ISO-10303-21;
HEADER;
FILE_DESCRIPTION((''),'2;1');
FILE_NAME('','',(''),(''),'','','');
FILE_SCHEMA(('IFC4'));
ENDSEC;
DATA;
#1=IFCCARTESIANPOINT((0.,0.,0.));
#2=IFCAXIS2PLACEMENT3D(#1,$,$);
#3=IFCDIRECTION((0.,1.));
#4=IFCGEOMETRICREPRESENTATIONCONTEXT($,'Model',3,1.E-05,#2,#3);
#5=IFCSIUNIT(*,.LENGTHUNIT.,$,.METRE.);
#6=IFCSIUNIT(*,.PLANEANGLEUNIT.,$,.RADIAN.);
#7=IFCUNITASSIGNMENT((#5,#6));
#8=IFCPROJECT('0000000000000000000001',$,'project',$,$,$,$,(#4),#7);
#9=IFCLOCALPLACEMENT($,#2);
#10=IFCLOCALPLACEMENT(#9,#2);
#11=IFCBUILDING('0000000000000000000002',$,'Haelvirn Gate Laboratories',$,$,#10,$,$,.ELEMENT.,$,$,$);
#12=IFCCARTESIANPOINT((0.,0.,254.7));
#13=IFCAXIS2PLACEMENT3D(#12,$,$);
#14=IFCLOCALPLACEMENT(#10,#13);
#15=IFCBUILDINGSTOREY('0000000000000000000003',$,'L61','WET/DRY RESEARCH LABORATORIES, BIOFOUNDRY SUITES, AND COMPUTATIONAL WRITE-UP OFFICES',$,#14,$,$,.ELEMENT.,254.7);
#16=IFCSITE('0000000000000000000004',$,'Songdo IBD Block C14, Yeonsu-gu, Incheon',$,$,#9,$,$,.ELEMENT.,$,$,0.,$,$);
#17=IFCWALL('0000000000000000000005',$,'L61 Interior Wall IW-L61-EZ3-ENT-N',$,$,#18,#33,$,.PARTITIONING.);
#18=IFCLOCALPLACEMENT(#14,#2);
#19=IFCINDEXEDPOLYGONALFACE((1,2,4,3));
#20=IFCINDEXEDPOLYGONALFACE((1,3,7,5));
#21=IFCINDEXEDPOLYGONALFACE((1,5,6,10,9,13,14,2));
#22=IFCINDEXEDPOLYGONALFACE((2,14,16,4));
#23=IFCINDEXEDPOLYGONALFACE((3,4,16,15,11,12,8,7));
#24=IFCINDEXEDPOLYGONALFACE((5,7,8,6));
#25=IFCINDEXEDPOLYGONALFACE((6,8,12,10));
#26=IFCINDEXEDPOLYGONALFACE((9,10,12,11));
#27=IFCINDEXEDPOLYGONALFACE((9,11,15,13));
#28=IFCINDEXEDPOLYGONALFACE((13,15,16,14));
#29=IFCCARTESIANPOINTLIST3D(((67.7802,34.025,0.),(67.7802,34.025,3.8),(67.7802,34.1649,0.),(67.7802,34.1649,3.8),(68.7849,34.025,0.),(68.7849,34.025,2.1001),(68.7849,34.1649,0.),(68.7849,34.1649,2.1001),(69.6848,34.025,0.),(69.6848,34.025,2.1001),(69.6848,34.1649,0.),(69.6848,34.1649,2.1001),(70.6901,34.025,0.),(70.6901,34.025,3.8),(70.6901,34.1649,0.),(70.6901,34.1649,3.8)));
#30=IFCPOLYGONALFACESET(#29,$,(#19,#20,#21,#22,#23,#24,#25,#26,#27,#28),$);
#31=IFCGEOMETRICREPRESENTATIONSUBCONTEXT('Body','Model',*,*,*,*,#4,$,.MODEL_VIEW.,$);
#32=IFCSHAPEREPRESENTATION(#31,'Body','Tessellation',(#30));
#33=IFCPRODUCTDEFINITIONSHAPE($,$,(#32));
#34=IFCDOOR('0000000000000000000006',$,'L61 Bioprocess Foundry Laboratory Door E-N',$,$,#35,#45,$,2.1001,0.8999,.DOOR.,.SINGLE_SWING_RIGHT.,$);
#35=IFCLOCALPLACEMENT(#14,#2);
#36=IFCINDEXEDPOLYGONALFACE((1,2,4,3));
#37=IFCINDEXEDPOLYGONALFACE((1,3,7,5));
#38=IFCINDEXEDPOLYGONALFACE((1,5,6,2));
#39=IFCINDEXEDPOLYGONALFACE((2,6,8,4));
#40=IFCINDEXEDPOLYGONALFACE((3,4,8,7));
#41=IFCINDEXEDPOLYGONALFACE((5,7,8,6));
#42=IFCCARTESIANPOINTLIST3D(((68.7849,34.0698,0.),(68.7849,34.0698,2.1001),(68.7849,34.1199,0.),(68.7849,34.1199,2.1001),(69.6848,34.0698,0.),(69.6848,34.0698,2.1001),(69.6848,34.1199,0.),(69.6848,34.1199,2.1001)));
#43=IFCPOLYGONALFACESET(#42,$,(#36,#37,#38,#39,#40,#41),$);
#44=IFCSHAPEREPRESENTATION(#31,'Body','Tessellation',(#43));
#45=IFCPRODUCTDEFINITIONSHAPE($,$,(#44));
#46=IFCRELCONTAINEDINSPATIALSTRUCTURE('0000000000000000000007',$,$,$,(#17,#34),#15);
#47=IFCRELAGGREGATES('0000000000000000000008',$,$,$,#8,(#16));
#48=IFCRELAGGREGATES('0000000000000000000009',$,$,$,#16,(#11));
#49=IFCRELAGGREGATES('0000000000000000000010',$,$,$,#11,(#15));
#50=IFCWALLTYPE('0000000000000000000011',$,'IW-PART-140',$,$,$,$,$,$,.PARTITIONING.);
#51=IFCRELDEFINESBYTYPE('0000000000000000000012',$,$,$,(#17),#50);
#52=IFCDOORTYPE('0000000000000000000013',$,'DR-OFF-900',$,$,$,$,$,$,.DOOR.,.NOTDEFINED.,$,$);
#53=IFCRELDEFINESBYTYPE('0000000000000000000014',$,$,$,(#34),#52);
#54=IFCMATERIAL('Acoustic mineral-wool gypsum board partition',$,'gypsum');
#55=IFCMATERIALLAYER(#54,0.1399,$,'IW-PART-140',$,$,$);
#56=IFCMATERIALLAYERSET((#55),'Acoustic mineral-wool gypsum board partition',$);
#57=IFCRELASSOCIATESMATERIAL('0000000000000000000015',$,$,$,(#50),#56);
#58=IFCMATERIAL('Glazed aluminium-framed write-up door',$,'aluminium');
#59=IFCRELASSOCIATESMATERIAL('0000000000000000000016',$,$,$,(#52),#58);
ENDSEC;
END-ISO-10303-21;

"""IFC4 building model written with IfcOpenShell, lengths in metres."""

from ifc_helpers import new_model, si_unit, direction, frame, frame_2d, origin, place, context, subcontext, project, spatial, rectangle, extrude, source, transform, mapped, material, layer, layer_set, type_object, type_shapes, element, fill, save


model = new_model("IFC4")

# Units and contexts
model_context = context("Model", 3, precision=1e-05, world=origin(), true_north=direction((0.0, 1.0)))
body_context = subcontext(model_context, "Body", "Model", "MODEL_VIEW")
ifc_project = project(units=[si_unit("LENGTHUNIT", "METRE"), si_unit("PLANEANGLEUNIT", "RADIAN")], contexts=[model_context])

# Site, building, storey
site_placement = place(None, origin())
site = spatial("IfcSite", under=ifc_project, at=site_placement, Name="Songdo IBD Block C14, Yeonsu-gu, Incheon", CompositionType="ELEMENT", RefElevation=0.0)
building_placement = place(site_placement, origin())
building = spatial("IfcBuilding", under=site, at=building_placement, Name="Haelvirn Gate Laboratories", CompositionType="ELEMENT")
storey_placement = place(building_placement, frame((0.0, 0.0, 254.7)))
storey = spatial("IfcBuildingStorey", under=building, at=storey_placement, Name="L61", Description="WET/DRY RESEARCH LABORATORIES, BIOFOUNDRY SUITES, AND COMPUTATIONAL WRITE-UP OFFICES", CompositionType="ELEMENT", Elevation=254.7)

# Wall, opening, door
ifc_material_1 = material(Name="Acoustic mineral-wool gypsum board partition", Category="gypsum")
ifc_layer_1 = layer(ifc_material_1, 0.1399, Name="IW-PART-140")
ifc_layer_set_1 = layer_set([ifc_layer_1], Name="Acoustic mineral-wool gypsum board partition")
wall_type_1 = type_object("IfcWallType", Name="IW-PART-140", PredefinedType="PARTITIONING", material=ifc_layer_set_1)
wall_1_placement = place(storey_placement, frame((67.78, 34.095, 0.0), z_axis=(0.0, 0.0, 1.0), x_axis=(1.0, 0.0, 0.0)))
wall_1 = element("IfcWall", 1, at=wall_1_placement, inside=storey, type_object=wall_type_1, Name="L61 Interior Wall IW-L61-EZ3-ENT-N", PredefinedType="PARTITIONING", context=body_context, shape_type="SweptSolid", body=[
    extrude(rectangle(XDim=2.9099, YDim=0.1399, at=frame_2d((1.4551, 0.0))), origin(), (0.0, 0.0, 1.0), 3.8),
])
opening_placement = place(wall_1_placement, frame((1.0049, 0.0, 0.0)))
opening = element("IfcOpeningElement", 2, at=opening_placement, cuts=wall_1, PredefinedType="OPENING", context=body_context, shape_type="SweptSolid", body=[
    extrude(rectangle(XDim=0.8999, YDim=2.1001, at=frame_2d((0.45, 1.05))), frame((0.0, 0.0801, 0.0), z_axis=(0.0, -1.0, 0.0), x_axis=(1.0, 0.0, 0.0)), (0.0, 0.0, 1.0), 0.1599),
])
ifc_material_2 = material(Name="Glazed aluminium-framed write-up door", Category="aluminium")
door_type = type_object("IfcDoorType", Name="DR-OFF-900", OperationType="NOTDEFINED", PredefinedType="DOOR", material=ifc_material_2)
shared_shape_1 = source(origin(), body_context, "Body", "SweptSolid", [
    extrude(rectangle(XDim=0.8999, YDim=2.1001, at=frame_2d((0.45, 1.05))), frame((0.0, 0.0249, 0.0), z_axis=(0.0, -1.0, 0.0), x_axis=(1.0, 0.0, 0.0)), (0.0, 0.0, 1.0), 0.05),
])
type_shapes(door_type, [shared_shape_1])
door_placement = place(opening_placement, origin())
door = element("IfcDoor", 3, at=door_placement, inside=storey, type_object=door_type, Name="L61 Bioprocess Foundry Laboratory Door E-N", OperationType="SINGLE_SWING_RIGHT", OverallHeight=2.1001, OverallWidth=0.8999, PredefinedType="DOOR", context=body_context, shape_type="MappedRepresentation", body=[
    mapped(shared_shape_1, transform((0.0, 0.0, 0.0), scale=1.0)),
])
fill(opening, door)

save(model, "model.ifc")
